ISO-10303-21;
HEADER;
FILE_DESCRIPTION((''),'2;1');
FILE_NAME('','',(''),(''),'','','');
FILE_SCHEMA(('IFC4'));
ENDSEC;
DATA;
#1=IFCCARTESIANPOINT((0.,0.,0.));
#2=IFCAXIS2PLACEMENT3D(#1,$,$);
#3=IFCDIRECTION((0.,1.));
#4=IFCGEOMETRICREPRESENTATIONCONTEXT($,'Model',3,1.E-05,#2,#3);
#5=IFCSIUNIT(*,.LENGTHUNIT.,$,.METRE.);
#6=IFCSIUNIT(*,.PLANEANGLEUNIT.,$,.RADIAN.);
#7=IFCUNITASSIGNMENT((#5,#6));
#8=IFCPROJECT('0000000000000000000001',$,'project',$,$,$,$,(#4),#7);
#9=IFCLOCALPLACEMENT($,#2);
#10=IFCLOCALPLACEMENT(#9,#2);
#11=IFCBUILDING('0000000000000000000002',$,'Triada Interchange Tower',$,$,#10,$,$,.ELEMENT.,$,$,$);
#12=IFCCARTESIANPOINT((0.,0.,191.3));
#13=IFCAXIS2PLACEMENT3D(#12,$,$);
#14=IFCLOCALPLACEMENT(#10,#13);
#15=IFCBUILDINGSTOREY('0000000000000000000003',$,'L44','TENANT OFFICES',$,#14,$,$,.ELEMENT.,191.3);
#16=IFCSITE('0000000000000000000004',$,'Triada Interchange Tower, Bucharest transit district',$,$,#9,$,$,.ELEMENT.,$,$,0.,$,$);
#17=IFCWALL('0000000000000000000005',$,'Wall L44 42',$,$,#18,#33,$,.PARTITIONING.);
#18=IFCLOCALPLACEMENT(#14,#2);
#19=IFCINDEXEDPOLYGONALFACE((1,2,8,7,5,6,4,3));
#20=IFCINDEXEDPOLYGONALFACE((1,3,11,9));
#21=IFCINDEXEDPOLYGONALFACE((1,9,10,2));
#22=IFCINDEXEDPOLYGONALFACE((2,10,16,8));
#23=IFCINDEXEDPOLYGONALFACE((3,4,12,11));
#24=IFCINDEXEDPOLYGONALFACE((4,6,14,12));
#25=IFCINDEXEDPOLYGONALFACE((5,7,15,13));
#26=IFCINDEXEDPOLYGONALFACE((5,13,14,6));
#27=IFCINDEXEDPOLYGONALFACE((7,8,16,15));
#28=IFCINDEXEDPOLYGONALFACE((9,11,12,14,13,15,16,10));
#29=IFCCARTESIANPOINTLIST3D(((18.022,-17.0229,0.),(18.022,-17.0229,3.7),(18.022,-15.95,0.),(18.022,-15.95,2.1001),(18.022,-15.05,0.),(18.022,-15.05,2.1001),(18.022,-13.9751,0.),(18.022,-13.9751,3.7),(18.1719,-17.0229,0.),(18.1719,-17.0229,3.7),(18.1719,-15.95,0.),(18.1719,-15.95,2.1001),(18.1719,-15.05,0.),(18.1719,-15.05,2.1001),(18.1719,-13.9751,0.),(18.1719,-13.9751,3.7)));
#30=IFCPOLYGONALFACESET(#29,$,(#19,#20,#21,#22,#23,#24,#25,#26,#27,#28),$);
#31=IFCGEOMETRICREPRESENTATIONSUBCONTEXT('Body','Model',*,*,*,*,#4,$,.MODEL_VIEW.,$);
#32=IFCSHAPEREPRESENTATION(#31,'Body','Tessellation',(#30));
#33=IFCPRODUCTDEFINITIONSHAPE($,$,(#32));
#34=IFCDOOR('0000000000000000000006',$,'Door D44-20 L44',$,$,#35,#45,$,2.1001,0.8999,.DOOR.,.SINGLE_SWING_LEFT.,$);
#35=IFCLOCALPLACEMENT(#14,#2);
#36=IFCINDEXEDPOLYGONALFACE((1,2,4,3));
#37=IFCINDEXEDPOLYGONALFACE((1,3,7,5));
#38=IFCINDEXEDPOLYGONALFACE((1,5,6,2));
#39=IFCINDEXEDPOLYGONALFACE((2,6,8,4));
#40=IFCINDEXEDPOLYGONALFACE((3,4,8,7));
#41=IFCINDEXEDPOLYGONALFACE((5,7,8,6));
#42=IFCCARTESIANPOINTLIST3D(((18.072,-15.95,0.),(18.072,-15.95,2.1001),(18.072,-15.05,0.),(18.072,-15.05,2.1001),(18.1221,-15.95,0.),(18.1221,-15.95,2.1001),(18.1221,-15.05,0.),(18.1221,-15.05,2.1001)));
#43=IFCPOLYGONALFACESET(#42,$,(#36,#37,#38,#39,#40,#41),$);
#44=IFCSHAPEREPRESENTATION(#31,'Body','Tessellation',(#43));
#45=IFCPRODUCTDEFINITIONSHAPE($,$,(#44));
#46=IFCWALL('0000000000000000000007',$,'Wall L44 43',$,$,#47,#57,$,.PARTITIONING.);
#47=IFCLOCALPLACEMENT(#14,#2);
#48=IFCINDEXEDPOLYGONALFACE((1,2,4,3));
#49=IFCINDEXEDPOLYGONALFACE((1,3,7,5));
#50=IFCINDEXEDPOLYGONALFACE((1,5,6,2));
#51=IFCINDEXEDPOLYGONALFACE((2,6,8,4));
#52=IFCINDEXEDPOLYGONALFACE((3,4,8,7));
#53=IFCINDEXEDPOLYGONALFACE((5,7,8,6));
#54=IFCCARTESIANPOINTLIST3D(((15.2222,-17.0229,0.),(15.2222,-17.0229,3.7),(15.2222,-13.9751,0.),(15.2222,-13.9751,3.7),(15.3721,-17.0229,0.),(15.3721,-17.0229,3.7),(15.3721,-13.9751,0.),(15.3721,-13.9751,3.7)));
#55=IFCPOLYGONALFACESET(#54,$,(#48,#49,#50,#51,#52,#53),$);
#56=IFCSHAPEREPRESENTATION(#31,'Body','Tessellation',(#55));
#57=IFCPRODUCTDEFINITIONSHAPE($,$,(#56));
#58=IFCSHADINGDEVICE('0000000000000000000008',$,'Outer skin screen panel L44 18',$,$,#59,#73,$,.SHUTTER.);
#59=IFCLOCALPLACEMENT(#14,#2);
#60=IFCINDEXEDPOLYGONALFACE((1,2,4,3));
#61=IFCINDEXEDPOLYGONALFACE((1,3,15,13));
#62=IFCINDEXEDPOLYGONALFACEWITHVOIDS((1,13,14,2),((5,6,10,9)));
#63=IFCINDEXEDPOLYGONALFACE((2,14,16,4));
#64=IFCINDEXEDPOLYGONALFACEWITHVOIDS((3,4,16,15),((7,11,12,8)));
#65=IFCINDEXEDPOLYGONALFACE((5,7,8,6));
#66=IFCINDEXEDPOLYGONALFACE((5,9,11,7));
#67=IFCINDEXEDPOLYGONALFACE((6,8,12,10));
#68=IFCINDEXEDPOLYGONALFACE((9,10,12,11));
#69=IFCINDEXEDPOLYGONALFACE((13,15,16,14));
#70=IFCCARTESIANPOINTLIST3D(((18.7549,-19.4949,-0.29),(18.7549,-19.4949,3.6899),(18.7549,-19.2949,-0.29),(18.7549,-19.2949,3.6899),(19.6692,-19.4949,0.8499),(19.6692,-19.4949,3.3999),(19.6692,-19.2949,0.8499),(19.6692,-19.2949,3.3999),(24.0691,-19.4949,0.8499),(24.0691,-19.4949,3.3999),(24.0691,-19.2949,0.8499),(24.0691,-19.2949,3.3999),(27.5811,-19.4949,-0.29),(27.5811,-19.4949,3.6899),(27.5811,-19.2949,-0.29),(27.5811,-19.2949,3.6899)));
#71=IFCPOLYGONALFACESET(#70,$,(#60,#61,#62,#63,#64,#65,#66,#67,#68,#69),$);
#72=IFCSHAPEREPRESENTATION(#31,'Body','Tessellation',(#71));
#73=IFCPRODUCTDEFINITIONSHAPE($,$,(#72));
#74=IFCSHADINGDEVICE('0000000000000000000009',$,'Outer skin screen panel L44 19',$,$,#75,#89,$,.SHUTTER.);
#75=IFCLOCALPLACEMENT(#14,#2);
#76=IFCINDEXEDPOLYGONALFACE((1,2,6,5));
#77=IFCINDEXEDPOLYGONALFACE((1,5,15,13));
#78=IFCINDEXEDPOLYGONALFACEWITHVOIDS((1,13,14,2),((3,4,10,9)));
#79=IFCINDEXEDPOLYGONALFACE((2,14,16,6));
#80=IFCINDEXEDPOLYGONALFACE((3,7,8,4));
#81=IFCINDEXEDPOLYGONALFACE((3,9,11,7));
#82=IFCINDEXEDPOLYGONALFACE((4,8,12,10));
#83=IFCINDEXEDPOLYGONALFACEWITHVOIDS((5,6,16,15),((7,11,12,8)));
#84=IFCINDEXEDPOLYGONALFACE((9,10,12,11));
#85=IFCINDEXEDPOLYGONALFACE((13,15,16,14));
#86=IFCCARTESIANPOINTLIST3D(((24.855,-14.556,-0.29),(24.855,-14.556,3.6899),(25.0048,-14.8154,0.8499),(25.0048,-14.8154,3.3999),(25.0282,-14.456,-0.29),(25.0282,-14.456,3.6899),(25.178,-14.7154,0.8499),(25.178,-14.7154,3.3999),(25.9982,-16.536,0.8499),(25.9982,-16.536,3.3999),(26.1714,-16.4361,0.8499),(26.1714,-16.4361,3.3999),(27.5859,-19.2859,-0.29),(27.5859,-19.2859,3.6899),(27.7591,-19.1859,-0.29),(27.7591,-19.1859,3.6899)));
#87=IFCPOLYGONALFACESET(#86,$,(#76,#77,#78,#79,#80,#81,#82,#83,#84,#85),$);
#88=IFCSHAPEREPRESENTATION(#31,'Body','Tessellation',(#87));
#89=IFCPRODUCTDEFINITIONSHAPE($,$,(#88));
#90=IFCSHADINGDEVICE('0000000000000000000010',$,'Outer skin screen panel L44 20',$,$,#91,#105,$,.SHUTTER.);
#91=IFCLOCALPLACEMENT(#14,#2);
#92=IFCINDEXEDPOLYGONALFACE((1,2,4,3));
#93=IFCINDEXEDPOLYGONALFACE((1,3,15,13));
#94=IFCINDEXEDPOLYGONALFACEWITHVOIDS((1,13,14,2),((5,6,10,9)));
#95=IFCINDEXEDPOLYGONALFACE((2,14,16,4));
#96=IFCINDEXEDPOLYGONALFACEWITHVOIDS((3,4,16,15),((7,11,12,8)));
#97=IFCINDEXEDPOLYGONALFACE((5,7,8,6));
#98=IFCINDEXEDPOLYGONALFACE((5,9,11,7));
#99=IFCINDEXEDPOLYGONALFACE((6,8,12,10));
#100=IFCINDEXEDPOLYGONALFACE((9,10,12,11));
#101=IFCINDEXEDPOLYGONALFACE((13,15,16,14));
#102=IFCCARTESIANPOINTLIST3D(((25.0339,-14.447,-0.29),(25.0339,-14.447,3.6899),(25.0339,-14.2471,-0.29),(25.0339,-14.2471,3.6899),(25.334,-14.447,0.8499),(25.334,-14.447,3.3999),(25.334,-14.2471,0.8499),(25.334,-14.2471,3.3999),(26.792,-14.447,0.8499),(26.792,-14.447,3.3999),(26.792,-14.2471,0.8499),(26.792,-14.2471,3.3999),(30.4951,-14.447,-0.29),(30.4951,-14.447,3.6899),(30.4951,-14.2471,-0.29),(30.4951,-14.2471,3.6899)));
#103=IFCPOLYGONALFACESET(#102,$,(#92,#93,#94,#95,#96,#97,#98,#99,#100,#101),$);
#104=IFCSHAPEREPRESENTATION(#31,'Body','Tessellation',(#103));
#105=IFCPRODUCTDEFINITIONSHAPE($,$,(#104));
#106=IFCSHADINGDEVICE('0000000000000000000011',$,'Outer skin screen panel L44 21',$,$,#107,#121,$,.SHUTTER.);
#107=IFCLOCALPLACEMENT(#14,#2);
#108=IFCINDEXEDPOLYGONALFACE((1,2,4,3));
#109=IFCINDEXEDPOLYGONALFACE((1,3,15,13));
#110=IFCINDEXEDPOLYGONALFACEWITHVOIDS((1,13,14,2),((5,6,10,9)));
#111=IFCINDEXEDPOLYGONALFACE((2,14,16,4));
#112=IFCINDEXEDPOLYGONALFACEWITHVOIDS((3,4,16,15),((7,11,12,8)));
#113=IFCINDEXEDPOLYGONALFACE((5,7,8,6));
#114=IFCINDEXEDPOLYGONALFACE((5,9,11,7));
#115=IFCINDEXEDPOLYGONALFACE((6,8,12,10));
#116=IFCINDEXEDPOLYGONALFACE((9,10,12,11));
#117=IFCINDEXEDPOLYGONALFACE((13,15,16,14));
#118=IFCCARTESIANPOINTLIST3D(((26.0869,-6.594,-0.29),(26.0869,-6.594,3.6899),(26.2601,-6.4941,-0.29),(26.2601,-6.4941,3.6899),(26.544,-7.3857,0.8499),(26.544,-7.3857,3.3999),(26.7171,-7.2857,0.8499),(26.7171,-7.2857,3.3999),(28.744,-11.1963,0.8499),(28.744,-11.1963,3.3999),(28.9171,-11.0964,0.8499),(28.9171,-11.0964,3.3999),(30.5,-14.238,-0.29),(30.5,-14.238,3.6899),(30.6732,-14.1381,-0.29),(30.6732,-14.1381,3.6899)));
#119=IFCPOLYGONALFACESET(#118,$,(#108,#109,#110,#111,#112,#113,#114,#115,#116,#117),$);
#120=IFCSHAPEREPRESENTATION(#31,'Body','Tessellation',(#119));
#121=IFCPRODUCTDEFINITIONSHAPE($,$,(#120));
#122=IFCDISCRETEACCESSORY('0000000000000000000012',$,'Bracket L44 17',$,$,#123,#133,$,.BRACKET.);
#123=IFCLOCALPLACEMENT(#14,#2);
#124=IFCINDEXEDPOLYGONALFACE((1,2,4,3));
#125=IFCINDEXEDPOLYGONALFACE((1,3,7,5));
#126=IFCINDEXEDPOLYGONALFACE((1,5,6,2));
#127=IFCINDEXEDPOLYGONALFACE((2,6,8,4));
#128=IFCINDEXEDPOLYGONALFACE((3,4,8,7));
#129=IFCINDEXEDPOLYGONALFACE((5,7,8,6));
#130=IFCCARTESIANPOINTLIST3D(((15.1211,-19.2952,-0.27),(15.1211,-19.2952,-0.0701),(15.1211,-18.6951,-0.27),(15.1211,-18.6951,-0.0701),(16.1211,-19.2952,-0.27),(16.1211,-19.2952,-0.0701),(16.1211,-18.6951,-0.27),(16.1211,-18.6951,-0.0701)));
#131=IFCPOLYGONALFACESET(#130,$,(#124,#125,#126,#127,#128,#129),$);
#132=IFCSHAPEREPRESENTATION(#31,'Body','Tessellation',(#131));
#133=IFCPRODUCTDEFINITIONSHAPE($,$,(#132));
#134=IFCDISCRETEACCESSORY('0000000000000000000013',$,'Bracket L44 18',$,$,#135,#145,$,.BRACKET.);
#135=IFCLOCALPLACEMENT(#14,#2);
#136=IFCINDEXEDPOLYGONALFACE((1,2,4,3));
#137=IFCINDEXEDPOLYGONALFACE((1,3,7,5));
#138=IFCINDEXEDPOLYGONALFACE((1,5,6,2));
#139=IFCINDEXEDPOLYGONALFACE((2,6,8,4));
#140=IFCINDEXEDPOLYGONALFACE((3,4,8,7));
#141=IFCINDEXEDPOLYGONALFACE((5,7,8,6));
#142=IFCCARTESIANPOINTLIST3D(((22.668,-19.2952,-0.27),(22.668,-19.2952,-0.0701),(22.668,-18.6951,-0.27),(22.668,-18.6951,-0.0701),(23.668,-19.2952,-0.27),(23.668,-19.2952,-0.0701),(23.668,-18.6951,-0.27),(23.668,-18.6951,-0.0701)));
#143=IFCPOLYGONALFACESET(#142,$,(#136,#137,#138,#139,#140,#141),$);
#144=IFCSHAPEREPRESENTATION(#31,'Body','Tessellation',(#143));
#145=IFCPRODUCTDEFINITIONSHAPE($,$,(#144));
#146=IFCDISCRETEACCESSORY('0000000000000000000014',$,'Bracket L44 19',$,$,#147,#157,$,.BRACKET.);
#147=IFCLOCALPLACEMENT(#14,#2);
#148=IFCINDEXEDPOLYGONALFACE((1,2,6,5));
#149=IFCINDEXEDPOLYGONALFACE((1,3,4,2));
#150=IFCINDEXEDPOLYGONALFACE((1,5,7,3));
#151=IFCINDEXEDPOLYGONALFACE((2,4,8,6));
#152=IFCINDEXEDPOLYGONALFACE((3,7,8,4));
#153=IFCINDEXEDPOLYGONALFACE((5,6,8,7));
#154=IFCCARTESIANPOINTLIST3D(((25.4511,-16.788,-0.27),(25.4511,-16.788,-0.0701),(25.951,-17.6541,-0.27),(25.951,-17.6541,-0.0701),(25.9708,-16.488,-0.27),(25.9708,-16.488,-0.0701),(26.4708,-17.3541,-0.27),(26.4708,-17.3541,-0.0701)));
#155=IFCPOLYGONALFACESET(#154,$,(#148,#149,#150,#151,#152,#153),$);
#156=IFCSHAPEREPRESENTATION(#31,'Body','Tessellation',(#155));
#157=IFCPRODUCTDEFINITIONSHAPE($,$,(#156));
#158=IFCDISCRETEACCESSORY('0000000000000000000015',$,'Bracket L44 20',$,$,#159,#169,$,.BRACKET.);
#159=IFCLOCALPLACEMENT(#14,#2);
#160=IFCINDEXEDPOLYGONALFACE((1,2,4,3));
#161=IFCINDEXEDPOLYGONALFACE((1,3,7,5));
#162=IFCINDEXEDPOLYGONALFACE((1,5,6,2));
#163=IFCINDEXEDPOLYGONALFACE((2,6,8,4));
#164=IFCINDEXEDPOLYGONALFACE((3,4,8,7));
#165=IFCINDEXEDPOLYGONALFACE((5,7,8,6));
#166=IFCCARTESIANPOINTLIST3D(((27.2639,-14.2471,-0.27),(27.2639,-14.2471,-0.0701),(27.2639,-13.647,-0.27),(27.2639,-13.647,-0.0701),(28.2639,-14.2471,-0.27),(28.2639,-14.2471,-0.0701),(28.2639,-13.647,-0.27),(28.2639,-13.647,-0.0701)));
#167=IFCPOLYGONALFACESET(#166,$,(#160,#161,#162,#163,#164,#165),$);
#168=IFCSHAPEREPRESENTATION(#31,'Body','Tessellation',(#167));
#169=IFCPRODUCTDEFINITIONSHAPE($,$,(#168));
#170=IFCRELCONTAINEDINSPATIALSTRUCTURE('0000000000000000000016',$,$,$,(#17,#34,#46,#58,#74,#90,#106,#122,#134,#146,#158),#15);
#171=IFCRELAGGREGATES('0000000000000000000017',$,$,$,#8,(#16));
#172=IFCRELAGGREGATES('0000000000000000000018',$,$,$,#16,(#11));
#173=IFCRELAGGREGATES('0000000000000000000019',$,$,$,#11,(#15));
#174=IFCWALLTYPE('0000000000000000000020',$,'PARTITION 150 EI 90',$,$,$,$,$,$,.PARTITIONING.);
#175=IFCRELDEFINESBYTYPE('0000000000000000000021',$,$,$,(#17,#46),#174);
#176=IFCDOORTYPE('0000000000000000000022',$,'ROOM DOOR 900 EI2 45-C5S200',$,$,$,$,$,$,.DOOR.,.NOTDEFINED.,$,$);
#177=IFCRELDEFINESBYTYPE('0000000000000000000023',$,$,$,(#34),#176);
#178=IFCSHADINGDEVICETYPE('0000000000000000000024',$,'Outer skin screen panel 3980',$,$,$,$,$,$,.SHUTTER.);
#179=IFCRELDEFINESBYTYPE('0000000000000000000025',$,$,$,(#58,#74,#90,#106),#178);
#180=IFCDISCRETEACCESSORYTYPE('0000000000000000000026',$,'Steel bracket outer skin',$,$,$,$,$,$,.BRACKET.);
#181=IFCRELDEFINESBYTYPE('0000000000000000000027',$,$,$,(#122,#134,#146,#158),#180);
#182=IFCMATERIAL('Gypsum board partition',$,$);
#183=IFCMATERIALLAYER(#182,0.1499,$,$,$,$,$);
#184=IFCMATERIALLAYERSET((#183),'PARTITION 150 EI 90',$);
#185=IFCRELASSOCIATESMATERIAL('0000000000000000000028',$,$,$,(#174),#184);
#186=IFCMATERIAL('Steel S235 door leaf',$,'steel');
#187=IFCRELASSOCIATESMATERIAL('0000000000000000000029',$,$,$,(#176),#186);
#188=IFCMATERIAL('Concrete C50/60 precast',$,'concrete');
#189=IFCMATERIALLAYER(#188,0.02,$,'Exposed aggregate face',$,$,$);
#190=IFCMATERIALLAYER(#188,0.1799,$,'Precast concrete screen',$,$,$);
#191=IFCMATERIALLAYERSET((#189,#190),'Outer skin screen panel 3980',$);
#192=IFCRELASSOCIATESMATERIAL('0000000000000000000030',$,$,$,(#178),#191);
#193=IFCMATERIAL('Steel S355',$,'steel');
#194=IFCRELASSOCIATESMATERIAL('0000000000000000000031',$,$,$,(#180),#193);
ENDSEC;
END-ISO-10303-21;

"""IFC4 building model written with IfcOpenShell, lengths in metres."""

from ifc_helpers import new_model, si_unit, direction, frame, frame_2d, origin, origin_2d, place, context, subcontext, project, spatial, polyline, rectangle, outline, extrude, material, layer, layer_set, type_object, element, fill, save


model = new_model("IFC4")

# Units and contexts
model_context = context("Model", 3, precision=1e-05, world=origin(), true_north=direction((0.0, 1.0)))
body_context = subcontext(model_context, "Body", "Model", "MODEL_VIEW")
ifc_project = project(units=[si_unit("LENGTHUNIT", "METRE"), si_unit("PLANEANGLEUNIT", "RADIAN")], contexts=[model_context])

# Site, building, storey
site_placement = place(None, origin())
site = spatial("IfcSite", under=ifc_project, at=site_placement, Name="Triada Interchange Tower, Bucharest transit district", CompositionType="ELEMENT", RefElevation=0.0)
building_placement = place(site_placement, origin())
building = spatial("IfcBuilding", under=site, at=building_placement, Name="Triada Interchange Tower", CompositionType="ELEMENT")
storey_placement = place(building_placement, frame((0.0, 0.0, 191.3)))
storey = spatial("IfcBuildingStorey", under=building, at=storey_placement, Name="L44", Description="TENANT OFFICES", CompositionType="ELEMENT", Elevation=191.3)

# Wall, opening, door
ifc_material_1 = material(Name="Gypsum board partition")
ifc_layer_1 = layer(ifc_material_1, 0.1499)
ifc_layer_set_1 = layer_set([ifc_layer_1], Name="PARTITION 150 EI 90")
wall_type_1 = type_object("IfcWallType", Name="PARTITION 150 EI 90", PredefinedType="PARTITIONING", material=ifc_layer_set_1)
wall_1_placement = place(storey_placement, frame((18.0969, -17.0229, 0.0), z_axis=(0.0, 0.0, 1.0), x_axis=(0.0, 1.0, 0.0)))
wall_1 = element("IfcWall", 1, at=wall_1_placement, inside=storey, type_object=wall_type_1, Name="Wall L44 42", PredefinedType="PARTITIONING", context=body_context, shape_type="SweptSolid", body=[
    extrude(rectangle(XDim=3.0479, YDim=0.1499, at=frame_2d((1.5239, 0.0))), origin(), (0.0, 0.0, 1.0), 3.7),
])
opening_1_placement = place(wall_1_placement, frame((1.073, 0.0, 0.0)))
opening_1 = element("IfcOpeningElement", 2, at=opening_1_placement, cuts=wall_1, PredefinedType="OPENING", context=body_context, shape_type="SweptSolid", body=[
    extrude(rectangle(XDim=0.8999, YDim=2.1001, at=frame_2d((0.45, 1.05))), frame((0.0, 0.085, 0.0), z_axis=(0.0, -1.0, 0.0), x_axis=(1.0, 0.0, 0.0)), (0.0, 0.0, 1.0), 0.1699),
])
ifc_material_2 = material(Name="Steel S235 door leaf", Category="steel")
door_type = type_object("IfcDoorType", Name="ROOM DOOR 900 EI2 45-C5S200", OperationType="NOTDEFINED", PredefinedType="DOOR", material=ifc_material_2)
door_placement = place(opening_1_placement, origin())
door = element("IfcDoor", 3, at=door_placement, inside=storey, type_object=door_type, Name="Door D44-20 L44", OperationType="SINGLE_SWING_LEFT", OverallHeight=2.1001, OverallWidth=0.8999, PredefinedType="DOOR", context=body_context, shape_type="SweptSolid", body=[
    extrude(rectangle(XDim=0.8999, YDim=2.1001, at=frame_2d((0.45, 1.05))), frame((0.0, 0.0249, 0.0), z_axis=(0.0, -1.0, 0.0), x_axis=(1.0, 0.0, 0.0)), (0.0, 0.0, 1.0), 0.05),
])
fill(opening_1, door)

# Wall
wall_2_placement = place(storey_placement, frame((15.2971, -17.0229, 0.0), z_axis=(0.0, 0.0, 1.0), x_axis=(0.0, 1.0, 0.0)))
element("IfcWall", 4, at=wall_2_placement, inside=storey, type_object=wall_type_1, Name="Wall L44 43", PredefinedType="PARTITIONING", context=body_context, shape_type="SweptSolid", body=[
    extrude(rectangle(XDim=3.0479, YDim=0.1499, at=frame_2d((1.5239, 0.0))), origin(), (0.0, 0.0, 1.0), 3.7),
])

# Shading devices
ifc_material_3 = material(Name="Concrete C50/60 precast", Category="concrete")
ifc_layer_2 = layer(ifc_material_3, 0.02, Name="Exposed aggregate face")
ifc_layer_3 = layer(ifc_material_3, 0.1799, Name="Precast concrete screen")
ifc_layer_set_2 = layer_set([ifc_layer_2, ifc_layer_3], Name="Outer skin screen panel 3980")
shading_device_type = type_object("IfcShadingDeviceType", Name="Outer skin screen panel 3980", PredefinedType="SHUTTER", material=ifc_layer_set_2)
shading_device_1_placement = place(storey_placement, frame((18.7549, -19.2949, -0.29), z_axis=(0.0, 0.0, 1.0), x_axis=(1.0, 0.0, 0.0)))
element("IfcShadingDevice", 5, at=shading_device_1_placement, inside=storey, type_object=shading_device_type, Name="Outer skin screen panel L44 18", PredefinedType="SHUTTER", context=body_context, shape_type="SweptSolid", body=[
    extrude(outline(polyline([(0.0, 0.0), (8.8262, 0.0), (8.8262, 3.98), (0.0, 3.98), (0.0, 0.0)]), holes=[polyline([(0.9143, 1.1399), (0.9143, 3.6899), (5.3142, 3.6899), (5.3142, 1.1399), (0.9143, 1.1399)])]), frame((0.0, 0.0, 0.0), z_axis=(0.0, -1.0, 0.0), x_axis=(1.0, 0.0, 0.0)), (0.0, 0.0, 1.0), 0.2),
])
shading_device_2_placement = place(storey_placement, frame((27.5859, -19.2859, -0.29), z_axis=(0.0, 0.0, 1.0), x_axis=(-0.500014, 0.866017, 0.0)))
element("IfcShadingDevice", 6, at=shading_device_2_placement, inside=storey, type_object=shading_device_type, Name="Outer skin screen panel L44 19", PredefinedType="SHUTTER", context=body_context, shape_type="SweptSolid", body=[
    extrude(outline(polyline([(0.0, 0.0), (5.4617, 0.0), (5.4617, 3.98), (0.0, 3.98), (0.0, 0.0)]), holes=[polyline([(3.1753, 1.1399), (3.1753, 3.6899), (5.1621, 3.6899), (5.1621, 1.1399), (3.1753, 1.1399)])]), frame((0.0, 0.0, 0.0), z_axis=(0.0, -1.0, 0.0), x_axis=(1.0, 0.0, 0.0)), (0.0, 0.0, 1.0), 0.2),
])
shading_device_3_placement = place(storey_placement, frame((25.0339, -14.2471, -0.29), z_axis=(0.0, 0.0, 1.0), x_axis=(1.0, 0.0, 0.0)))
element("IfcShadingDevice", 7, at=shading_device_3_placement, inside=storey, type_object=shading_device_type, Name="Outer skin screen panel L44 20", PredefinedType="SHUTTER", context=body_context, shape_type="SweptSolid", body=[
    extrude(outline(polyline([(0.0, 0.0), (5.4612, 0.0), (5.4612, 3.98), (0.0, 3.98), (0.0, 0.0)]), holes=[polyline([(0.3, 1.1399), (0.3, 3.6899), (1.7581, 3.6899), (1.7581, 1.1399), (0.3, 1.1399)])]), frame((0.0, 0.0, 0.0), z_axis=(0.0, -1.0, 0.0), x_axis=(1.0, 0.0, 0.0)), (0.0, 0.0, 1.0), 0.2),
])
shading_device_4_placement = place(storey_placement, frame((30.5, -14.238, -0.29), z_axis=(0.0, 0.0, 1.0), x_axis=(-0.499983, 0.866035, 0.0)))
element("IfcShadingDevice", 8, at=shading_device_4_placement, inside=storey, type_object=shading_device_type, Name="Outer skin screen panel L44 21", PredefinedType="SHUTTER", context=body_context, shape_type="SweptSolid", body=[
    extrude(outline(polyline([(0.0, 0.0), (8.8264, 0.0), (8.8264, 3.98), (0.0, 3.98), (0.0, 0.0)]), holes=[polyline([(3.5122, 1.1399), (3.5122, 3.6899), (7.9124, 3.6899), (7.9124, 1.1399), (3.5122, 1.1399)])]), frame((0.0, 0.0, 0.0), z_axis=(0.0, -1.0, 0.0), x_axis=(1.0, 0.0, 0.0)), (0.0, 0.0, 1.0), 0.2),
])

# Discrete accessories
ifc_material_4 = material(Name="Steel S355", Category="steel")
discrete_accessory_type = type_object("IfcDiscreteAccessoryType", Name="Steel bracket outer skin", PredefinedType="BRACKET", material=ifc_material_4)
for number, where, z_axis, x_axis, name in (
    (9, (15.6211, -18.9951, -0.27), (0.0, 0.0, 1.0), (0.0, -1.0, 0.0), "Bracket L44 17"),
    (10, (23.168, -18.9951, -0.27), (0.0, 0.0, 1.0), (0.0, -1.0, 0.0), "Bracket L44 18"),
    (11, (25.9609, -17.071, -0.27), (0.0, 0.0, 1.0), (0.86606, 0.49994, 0.0), "Bracket L44 19"),
    (12, (27.7639, -13.947, -0.27), (0.0, 0.0, 1.0), (0.0, -1.0, 0.0), "Bracket L44 20"),
):
    element("IfcDiscreteAccessory", number, at=place(storey_placement, frame(where, z_axis=z_axis, x_axis=x_axis)), inside=storey, type_object=discrete_accessory_type, Name=name, PredefinedType="BRACKET", context=body_context, shape_type="SweptSolid", body=[
        extrude(rectangle(XDim=0.6001, YDim=1.0, at=origin_2d()), origin(), (0.0, 0.0, 1.0), 0.2),
    ])

save(model, "model.ifc")
